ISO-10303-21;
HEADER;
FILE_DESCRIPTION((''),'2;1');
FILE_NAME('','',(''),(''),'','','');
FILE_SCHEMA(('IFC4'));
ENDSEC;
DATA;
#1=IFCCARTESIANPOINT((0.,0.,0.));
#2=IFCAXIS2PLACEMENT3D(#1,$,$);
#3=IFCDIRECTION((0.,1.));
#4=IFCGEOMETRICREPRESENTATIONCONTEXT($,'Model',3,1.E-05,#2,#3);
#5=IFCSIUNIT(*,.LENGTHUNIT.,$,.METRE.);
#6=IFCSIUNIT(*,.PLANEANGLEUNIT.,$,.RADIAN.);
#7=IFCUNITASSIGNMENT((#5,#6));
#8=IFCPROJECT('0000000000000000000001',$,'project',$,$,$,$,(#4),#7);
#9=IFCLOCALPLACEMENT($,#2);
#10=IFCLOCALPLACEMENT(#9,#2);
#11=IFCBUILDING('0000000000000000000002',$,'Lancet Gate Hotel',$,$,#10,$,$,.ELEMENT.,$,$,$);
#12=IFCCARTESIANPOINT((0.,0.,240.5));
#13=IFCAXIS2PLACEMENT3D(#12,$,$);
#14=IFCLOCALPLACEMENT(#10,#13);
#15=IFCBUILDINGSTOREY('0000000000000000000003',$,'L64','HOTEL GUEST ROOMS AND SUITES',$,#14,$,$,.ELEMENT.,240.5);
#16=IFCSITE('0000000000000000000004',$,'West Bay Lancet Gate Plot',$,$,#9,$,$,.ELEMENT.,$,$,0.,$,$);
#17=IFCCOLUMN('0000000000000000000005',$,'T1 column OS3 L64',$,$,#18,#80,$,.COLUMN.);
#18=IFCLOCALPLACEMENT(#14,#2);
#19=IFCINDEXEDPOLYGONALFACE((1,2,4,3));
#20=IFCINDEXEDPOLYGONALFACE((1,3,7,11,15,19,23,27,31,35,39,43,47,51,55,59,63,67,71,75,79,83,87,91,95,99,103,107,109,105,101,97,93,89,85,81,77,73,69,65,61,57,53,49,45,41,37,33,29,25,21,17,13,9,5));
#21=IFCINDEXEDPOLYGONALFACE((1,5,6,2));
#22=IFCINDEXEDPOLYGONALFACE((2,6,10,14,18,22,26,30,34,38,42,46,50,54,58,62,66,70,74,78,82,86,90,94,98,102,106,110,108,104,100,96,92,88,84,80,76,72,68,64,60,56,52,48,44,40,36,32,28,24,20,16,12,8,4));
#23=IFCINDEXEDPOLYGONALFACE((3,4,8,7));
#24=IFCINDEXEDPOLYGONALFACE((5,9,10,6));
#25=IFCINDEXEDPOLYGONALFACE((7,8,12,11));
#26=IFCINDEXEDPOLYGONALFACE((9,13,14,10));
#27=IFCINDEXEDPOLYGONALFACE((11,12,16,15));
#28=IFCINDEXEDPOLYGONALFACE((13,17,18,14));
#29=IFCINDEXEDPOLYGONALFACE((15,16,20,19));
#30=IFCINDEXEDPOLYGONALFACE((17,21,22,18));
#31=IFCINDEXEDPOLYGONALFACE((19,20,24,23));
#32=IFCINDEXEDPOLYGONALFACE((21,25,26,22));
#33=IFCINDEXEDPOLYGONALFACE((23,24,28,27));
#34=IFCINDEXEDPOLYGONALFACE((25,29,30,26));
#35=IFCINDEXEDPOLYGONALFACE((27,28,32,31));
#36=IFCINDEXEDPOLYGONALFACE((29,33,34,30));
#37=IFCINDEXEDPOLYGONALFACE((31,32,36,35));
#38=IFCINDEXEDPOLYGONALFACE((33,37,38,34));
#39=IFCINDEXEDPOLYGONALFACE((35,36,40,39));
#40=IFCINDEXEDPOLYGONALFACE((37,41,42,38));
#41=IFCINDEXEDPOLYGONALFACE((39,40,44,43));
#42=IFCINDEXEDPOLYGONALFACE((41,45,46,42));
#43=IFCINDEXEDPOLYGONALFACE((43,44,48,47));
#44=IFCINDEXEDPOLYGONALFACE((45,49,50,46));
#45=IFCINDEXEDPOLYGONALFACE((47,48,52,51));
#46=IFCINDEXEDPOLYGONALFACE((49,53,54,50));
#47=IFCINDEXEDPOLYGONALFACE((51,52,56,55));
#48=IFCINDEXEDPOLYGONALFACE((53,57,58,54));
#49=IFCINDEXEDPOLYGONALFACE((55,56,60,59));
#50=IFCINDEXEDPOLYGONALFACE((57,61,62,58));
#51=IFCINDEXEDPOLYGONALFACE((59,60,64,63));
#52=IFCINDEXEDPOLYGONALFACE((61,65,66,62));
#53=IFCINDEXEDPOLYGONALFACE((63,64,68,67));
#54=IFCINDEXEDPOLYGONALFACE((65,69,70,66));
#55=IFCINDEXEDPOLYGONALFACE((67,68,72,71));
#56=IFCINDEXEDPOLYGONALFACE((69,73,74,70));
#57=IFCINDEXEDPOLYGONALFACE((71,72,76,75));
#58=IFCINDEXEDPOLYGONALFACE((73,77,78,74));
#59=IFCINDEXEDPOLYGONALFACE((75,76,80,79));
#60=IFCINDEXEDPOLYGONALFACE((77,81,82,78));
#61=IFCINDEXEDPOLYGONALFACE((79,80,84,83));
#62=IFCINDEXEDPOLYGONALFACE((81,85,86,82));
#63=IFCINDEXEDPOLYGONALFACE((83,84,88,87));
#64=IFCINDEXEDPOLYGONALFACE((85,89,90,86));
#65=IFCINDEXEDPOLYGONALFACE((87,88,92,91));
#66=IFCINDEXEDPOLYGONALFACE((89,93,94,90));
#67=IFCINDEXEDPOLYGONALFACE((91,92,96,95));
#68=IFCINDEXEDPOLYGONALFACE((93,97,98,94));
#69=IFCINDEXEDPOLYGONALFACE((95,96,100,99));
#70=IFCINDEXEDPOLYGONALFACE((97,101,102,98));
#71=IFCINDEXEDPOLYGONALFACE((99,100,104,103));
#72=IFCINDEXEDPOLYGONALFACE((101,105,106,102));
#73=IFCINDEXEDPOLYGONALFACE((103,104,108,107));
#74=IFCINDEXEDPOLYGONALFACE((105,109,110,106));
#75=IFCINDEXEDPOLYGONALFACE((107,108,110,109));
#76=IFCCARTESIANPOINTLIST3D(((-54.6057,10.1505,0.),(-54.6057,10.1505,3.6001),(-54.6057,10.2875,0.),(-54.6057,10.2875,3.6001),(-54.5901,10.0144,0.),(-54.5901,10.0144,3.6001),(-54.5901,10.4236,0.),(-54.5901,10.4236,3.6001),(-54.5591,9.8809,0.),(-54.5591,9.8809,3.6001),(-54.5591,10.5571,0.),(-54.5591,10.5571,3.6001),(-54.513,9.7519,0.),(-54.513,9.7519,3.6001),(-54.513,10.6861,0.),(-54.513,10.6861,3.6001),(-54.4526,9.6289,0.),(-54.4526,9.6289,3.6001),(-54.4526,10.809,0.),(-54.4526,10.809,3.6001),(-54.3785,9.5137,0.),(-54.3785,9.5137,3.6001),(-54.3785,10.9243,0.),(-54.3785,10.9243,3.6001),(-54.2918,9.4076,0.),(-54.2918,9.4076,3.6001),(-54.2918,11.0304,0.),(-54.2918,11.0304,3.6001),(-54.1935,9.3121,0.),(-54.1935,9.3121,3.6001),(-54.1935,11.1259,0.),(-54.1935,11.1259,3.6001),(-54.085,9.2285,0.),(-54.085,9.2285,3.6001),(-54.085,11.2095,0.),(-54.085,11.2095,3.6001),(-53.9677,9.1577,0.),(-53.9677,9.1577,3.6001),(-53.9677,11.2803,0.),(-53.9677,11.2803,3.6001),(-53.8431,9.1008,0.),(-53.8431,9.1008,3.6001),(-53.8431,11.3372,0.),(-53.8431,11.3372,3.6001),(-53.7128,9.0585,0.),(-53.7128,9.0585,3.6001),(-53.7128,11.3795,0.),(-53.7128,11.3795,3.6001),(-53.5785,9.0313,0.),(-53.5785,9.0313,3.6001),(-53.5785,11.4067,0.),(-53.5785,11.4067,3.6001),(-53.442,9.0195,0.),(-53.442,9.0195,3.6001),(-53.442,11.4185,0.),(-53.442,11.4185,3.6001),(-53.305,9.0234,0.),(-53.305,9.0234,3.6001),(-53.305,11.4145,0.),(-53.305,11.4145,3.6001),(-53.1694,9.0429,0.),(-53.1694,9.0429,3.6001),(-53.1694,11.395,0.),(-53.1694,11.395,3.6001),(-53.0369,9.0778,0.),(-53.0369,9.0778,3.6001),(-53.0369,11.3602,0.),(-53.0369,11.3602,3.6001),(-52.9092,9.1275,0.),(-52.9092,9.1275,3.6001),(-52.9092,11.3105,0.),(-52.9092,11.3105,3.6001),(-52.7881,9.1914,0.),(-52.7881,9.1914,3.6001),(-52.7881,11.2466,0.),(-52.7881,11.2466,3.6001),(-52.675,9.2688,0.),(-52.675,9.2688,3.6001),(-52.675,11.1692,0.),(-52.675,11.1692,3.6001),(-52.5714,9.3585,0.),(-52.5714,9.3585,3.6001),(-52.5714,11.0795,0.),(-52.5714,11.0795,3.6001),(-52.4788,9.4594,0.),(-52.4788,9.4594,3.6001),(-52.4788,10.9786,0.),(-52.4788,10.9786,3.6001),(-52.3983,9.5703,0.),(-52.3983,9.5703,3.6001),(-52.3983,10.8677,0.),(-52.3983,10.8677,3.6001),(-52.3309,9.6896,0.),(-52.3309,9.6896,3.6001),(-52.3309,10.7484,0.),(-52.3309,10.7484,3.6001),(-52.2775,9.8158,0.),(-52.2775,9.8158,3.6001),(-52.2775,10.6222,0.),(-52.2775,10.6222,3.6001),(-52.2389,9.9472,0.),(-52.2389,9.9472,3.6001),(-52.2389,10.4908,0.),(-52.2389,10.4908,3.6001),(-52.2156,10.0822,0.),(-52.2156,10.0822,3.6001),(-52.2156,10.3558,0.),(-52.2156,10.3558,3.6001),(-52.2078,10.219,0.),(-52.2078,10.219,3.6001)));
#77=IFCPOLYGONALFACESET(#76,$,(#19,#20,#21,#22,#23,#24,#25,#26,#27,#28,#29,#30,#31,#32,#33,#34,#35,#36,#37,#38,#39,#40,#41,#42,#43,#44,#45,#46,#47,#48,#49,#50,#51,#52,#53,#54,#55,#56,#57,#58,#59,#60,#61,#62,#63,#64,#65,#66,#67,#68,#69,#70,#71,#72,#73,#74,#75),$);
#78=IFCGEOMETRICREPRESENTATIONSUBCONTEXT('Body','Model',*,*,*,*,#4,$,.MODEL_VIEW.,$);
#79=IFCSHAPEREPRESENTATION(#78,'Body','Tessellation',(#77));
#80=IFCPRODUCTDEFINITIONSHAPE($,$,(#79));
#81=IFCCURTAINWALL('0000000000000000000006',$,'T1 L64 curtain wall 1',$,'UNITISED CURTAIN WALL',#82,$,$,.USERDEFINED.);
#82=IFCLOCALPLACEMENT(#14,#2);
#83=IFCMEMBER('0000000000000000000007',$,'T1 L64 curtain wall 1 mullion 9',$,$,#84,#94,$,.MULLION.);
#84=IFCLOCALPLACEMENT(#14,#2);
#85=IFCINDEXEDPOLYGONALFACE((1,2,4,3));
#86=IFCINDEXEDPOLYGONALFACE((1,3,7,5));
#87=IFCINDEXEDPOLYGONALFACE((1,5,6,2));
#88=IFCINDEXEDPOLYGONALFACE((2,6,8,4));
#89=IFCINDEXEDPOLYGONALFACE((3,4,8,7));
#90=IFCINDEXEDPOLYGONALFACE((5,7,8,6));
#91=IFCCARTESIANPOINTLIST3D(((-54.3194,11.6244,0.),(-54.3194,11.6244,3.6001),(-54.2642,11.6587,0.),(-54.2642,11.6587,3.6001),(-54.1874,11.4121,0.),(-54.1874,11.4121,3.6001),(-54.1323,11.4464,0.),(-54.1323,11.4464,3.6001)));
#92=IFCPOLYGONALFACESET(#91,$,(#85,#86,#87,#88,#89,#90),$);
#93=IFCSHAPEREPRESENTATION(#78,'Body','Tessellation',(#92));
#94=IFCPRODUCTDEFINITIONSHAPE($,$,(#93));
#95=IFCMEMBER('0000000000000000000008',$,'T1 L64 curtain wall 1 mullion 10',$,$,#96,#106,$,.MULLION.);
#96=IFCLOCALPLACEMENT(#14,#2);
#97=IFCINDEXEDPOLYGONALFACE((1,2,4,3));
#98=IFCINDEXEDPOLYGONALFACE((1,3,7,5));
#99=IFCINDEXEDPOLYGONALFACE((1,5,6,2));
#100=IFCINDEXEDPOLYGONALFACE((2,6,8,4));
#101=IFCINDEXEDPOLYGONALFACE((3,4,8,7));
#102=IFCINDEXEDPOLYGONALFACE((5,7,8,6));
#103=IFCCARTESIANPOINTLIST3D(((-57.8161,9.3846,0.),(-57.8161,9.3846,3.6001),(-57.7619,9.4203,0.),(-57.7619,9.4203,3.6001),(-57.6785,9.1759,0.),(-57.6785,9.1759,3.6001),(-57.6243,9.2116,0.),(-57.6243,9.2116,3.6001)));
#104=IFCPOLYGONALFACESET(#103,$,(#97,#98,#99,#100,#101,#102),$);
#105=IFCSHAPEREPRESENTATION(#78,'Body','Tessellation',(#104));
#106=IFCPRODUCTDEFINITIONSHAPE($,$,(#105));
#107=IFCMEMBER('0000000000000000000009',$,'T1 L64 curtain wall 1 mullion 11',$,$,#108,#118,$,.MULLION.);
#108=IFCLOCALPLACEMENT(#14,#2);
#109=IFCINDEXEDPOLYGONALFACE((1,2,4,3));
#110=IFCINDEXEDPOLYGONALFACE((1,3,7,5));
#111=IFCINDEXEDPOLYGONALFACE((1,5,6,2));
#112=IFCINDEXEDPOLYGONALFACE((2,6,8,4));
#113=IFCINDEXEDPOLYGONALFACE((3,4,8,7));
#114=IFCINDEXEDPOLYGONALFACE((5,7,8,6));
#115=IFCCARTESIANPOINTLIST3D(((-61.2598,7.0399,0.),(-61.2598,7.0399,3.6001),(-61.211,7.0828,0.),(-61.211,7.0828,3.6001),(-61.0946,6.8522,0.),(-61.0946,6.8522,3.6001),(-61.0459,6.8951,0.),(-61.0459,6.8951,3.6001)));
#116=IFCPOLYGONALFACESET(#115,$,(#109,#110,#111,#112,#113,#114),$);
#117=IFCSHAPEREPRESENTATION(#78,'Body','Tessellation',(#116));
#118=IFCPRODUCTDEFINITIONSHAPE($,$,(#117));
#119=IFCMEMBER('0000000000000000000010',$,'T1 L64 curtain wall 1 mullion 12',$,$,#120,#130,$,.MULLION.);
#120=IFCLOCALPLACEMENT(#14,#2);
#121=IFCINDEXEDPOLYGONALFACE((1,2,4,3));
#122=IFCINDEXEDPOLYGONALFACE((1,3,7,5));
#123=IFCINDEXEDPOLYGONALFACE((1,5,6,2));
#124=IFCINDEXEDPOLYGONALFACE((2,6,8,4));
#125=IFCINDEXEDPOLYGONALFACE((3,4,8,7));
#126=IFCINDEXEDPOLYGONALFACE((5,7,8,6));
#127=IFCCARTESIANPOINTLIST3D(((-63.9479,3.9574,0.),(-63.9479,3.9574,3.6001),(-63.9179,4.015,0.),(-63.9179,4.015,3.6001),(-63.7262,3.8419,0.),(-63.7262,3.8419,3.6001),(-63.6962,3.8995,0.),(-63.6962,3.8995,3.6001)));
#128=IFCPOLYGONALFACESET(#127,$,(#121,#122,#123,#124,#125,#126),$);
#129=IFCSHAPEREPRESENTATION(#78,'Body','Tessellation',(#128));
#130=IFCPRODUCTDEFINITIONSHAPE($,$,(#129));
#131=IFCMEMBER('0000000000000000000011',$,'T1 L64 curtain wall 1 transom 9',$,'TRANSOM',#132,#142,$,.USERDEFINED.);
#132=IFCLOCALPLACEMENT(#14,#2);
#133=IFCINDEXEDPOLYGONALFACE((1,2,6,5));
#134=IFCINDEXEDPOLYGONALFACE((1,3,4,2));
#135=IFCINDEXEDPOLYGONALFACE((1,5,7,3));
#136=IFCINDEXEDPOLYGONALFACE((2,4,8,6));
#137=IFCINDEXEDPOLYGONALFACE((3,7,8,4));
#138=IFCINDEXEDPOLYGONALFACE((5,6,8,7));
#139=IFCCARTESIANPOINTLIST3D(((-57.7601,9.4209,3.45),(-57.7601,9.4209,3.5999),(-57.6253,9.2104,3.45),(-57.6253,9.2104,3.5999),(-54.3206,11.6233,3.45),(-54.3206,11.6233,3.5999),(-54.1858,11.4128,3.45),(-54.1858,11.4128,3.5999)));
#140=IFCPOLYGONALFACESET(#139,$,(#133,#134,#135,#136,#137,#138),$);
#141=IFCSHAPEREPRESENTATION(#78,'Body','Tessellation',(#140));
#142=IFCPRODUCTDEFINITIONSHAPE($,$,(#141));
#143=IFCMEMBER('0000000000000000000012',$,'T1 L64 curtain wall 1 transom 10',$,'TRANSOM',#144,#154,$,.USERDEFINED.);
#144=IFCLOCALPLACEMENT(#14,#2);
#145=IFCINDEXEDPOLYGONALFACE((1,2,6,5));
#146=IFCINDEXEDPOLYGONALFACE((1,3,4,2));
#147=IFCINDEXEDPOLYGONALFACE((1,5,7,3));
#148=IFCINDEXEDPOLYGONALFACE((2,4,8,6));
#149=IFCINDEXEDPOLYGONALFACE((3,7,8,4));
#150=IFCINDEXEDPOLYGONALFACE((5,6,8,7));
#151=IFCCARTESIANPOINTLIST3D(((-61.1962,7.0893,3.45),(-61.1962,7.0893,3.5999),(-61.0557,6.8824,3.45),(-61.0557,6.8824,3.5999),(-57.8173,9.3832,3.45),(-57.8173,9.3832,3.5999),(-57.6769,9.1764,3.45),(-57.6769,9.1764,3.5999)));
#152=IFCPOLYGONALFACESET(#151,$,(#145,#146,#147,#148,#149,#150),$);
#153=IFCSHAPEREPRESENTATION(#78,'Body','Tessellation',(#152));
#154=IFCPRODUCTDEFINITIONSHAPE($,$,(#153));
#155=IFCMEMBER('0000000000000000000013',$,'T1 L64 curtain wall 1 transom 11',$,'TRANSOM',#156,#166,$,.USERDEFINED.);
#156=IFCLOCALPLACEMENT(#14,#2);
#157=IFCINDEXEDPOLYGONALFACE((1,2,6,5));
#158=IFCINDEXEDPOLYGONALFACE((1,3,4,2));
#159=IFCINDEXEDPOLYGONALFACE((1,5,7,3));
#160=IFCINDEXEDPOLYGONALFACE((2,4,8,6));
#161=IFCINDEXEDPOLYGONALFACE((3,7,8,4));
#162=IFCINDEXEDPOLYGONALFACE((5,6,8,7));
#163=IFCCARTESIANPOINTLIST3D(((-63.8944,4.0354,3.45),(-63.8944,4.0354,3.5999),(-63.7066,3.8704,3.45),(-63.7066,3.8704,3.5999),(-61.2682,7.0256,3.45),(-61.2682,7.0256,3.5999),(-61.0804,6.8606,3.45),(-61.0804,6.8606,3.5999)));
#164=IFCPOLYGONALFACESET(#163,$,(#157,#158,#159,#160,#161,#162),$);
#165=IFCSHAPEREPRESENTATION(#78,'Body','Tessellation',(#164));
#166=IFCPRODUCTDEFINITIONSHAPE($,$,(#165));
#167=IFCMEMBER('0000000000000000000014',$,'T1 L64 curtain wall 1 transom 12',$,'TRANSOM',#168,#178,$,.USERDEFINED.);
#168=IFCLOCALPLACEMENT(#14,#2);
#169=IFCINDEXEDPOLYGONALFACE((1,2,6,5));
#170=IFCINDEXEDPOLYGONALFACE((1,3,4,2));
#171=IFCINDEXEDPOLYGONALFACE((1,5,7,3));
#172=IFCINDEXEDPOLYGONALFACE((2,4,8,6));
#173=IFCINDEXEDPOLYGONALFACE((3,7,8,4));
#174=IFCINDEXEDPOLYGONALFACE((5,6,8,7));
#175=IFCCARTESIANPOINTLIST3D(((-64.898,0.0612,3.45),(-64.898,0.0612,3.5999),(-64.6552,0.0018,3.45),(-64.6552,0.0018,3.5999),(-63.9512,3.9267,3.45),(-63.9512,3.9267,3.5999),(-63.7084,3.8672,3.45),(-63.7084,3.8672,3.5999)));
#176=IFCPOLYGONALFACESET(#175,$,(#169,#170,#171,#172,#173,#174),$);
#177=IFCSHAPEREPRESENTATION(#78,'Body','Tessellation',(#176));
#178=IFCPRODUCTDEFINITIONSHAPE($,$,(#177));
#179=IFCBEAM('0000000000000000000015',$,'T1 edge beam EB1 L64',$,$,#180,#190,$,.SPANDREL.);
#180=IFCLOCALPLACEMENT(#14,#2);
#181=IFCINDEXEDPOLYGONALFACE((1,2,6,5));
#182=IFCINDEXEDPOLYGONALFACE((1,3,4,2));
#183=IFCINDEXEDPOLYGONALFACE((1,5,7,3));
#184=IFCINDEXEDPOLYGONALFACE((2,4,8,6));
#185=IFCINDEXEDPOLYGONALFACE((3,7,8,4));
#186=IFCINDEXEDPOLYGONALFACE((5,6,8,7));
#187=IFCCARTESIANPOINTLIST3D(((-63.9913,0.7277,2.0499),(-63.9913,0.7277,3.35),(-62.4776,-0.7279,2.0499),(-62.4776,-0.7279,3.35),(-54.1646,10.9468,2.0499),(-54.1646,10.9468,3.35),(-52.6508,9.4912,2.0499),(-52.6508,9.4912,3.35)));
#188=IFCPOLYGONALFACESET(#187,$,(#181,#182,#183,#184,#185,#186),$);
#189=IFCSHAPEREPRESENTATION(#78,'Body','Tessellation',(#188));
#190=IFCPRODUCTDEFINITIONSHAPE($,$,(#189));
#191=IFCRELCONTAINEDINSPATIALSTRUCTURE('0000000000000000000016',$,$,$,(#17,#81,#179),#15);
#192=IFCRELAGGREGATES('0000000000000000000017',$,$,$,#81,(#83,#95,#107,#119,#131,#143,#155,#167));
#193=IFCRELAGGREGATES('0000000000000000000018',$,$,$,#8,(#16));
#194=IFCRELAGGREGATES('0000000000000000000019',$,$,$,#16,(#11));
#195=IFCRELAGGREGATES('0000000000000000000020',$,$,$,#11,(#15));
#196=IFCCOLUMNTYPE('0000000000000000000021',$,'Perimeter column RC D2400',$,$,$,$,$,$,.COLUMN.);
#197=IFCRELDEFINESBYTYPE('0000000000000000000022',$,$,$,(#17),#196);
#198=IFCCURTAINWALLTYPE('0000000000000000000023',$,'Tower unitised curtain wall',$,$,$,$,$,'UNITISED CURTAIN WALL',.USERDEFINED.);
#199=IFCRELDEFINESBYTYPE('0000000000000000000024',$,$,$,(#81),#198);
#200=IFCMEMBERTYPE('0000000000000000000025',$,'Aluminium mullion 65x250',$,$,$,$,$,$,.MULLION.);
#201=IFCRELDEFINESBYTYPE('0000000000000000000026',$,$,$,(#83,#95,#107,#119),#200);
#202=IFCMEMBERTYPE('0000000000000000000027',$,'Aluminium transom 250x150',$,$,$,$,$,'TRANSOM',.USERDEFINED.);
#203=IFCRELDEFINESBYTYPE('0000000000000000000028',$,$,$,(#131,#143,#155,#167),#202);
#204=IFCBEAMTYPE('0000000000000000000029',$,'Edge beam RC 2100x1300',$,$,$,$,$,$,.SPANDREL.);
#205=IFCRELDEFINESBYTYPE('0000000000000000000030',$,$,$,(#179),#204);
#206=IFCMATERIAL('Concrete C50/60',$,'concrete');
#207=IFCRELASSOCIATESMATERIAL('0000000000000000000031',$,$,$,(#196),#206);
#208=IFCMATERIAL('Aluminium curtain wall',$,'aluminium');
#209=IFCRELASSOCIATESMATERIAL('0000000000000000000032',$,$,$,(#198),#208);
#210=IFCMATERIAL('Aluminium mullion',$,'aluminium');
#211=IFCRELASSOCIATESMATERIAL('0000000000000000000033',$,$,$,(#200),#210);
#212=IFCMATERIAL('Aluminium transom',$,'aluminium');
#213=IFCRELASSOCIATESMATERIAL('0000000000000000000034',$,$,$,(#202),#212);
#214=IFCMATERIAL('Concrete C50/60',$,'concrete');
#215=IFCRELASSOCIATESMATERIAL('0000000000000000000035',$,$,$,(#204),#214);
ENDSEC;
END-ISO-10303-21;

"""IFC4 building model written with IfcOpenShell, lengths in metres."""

from ifc_helpers import new_model, si_unit, direction, frame, origin, origin_2d, place, context, subcontext, project, spatial, rectangle, circle, extrude, material, material_profile, profile_set, type_object, element, aggregate, save


model = new_model("IFC4")

# Units and contexts
model_context = context("Model", 3, precision=1e-05, world=origin(), true_north=direction((0.0, 1.0)))
body_context = subcontext(model_context, "Body", "Model", "MODEL_VIEW")
ifc_project = project(units=[si_unit("LENGTHUNIT", "METRE"), si_unit("PLANEANGLEUNIT", "RADIAN")], contexts=[model_context])

# Site, building, storey
site_placement = place(None, origin())
site = spatial("IfcSite", under=ifc_project, at=site_placement, Name="West Bay Lancet Gate Plot", CompositionType="ELEMENT", RefElevation=0.0)
building_placement = place(site_placement, origin())
building = spatial("IfcBuilding", under=site, at=building_placement, Name="Lancet Gate Hotel", CompositionType="ELEMENT")
storey_placement = place(building_placement, frame((0.0, 0.0, 240.5)))
storey = spatial("IfcBuildingStorey", under=building, at=storey_placement, Name="L64", Description="HOTEL GUEST ROOMS AND SUITES", CompositionType="ELEMENT", Elevation=240.5)

# Column
ifc_material_1 = material(Name="Concrete C50/60", Category="concrete")
ifc_material_profile_1 = material_profile(ifc_material_1, circle(Radius=1.2, at=origin_2d()), Name="RC D2400")
ifc_profile_set_1 = profile_set([ifc_material_profile_1], Name="Concrete C50/60")
column_type = type_object("IfcColumnType", Name="Perimeter column RC D2400", PredefinedType="COLUMN", material=ifc_profile_set_1)
column_placement = place(storey_placement, frame((-53.4077, 10.219, 0.0), z_axis=(0.0, 0.0, 1.0), x_axis=(1.0, 0.0, 0.0)))
element("IfcColumn", 1, at=column_placement, inside=storey, type_object=column_type, Name="T1 column OS3 L64", PredefinedType="COLUMN", context=body_context, shape_type="SweptSolid", body=[
    extrude(circle(Radius=1.2, at=origin_2d()), origin(), (0.0, 0.0, 1.0), 3.6001),
])

# Curtain wall, members
ifc_material_2 = material(Name="Aluminium curtain wall", Category="aluminium")
curtain_wall_type = type_object("IfcCurtainWallType", Name="Tower unitised curtain wall", ElementType="UNITISED CURTAIN WALL", PredefinedType="USERDEFINED", material=ifc_material_2)
curtain_wall_placement = place(storey_placement, origin())
curtain_wall = element("IfcCurtainWall", 2, at=curtain_wall_placement, inside=storey, type_object=curtain_wall_type, Name="T1 L64 curtain wall 1", ObjectType="UNITISED CURTAIN WALL", PredefinedType="USERDEFINED")
ifc_material_3 = material(Name="Aluminium mullion", Category="aluminium")
ifc_material_profile_2 = material_profile(ifc_material_3, rectangle(XDim=0.0649, YDim=0.25, at=origin_2d()), Name="MULLION 65x250")
ifc_profile_set_2 = profile_set([ifc_material_profile_2], Name="Aluminium mullion")
member_type_1 = type_object("IfcMemberType", Name="Aluminium mullion 65x250", PredefinedType="MULLION", material=ifc_profile_set_2)
member_1_placement = place(storey_placement, frame((-54.2258, 11.5354, 0.0), z_axis=(0.0, 0.0, 1.0), x_axis=(-0.849342, -0.527842, 0.0)))
member_1 = element("IfcMember", 3, at=member_1_placement, type_object=member_type_1, Name="T1 L64 curtain wall 1 mullion 9", PredefinedType="MULLION", context=body_context, shape_type="SweptSolid", body=[
    extrude(rectangle(XDim=0.0649, YDim=0.25, at=origin_2d()), origin(), (0.0, 0.0, 1.0), 3.6001),
])
member_2_placement = place(storey_placement, frame((-57.7202, 9.2981, 0.0), z_axis=(0.0, 0.0, 1.0), x_axis=(-0.834827, -0.550512, 0.0)))
member_2 = element("IfcMember", 4, at=member_2_placement, type_object=member_type_1, Name="T1 L64 curtain wall 1 mullion 10", PredefinedType="MULLION", context=body_context, shape_type="SweptSolid", body=[
    extrude(rectangle(XDim=0.0649, YDim=0.25, at=origin_2d()), origin(), (0.0, 0.0, 1.0), 3.6001),
])
member_3_placement = place(storey_placement, frame((-61.1528, 6.9675, 0.0), z_axis=(0.0, 0.0, 1.0), x_axis=(-0.750716, -0.660626, 0.0)))
member_3 = element("IfcMember", 5, at=member_3_placement, type_object=member_type_1, Name="T1 L64 curtain wall 1 mullion 11", PredefinedType="MULLION", context=body_context, shape_type="SweptSolid", body=[
    extrude(rectangle(XDim=0.0649, YDim=0.25, at=origin_2d()), origin(), (0.0, 0.0, 1.0), 3.6001),
])
member_4_placement = place(storey_placement, frame((-63.822, 3.9285, 0.0), z_axis=(0.0, 0.0, 1.0), x_axis=(-0.462178, -0.886787, 0.0)))
member_4 = element("IfcMember", 6, at=member_4_placement, type_object=member_type_1, Name="T1 L64 curtain wall 1 mullion 12", PredefinedType="MULLION", context=body_context, shape_type="SweptSolid", body=[
    extrude(rectangle(XDim=0.0649, YDim=0.25, at=origin_2d()), origin(), (0.0, 0.0, 1.0), 3.6001),
])
ifc_material_4 = material(Name="Aluminium transom", Category="aluminium")
ifc_material_profile_3 = material_profile(ifc_material_4, rectangle(XDim=0.25, YDim=0.1499, at=origin_2d()), Name="TRANSOM 250x150")
ifc_profile_set_3 = profile_set([ifc_material_profile_3], Name="Aluminium transom")
member_type_2 = type_object("IfcMemberType", Name="Aluminium transom 250x150", ElementType="TRANSOM", PredefinedType="USERDEFINED", material=ifc_profile_set_3)
member_5_placement = place(storey_placement, frame((-54.2532, 11.5181, 3.5249), z_axis=(-0.842144, -0.539252, 0.0), x_axis=(0.539252, -0.842144, 0.0)))
member_5 = element("IfcMember", 7, at=member_5_placement, type_object=member_type_2, Name="T1 L64 curtain wall 1 transom 9", ObjectType="TRANSOM", PredefinedType="USERDEFINED", context=body_context, shape_type="SweptSolid", body=[
    extrude(rectangle(XDim=0.25, YDim=0.1499, at=origin_2d()), origin(), (0.0, 0.0, 1.0), 4.0842),
])
member_6_placement = place(storey_placement, frame((-57.7471, 9.2798, 3.5249), z_axis=(-0.827349, -0.561689, 0.0), x_axis=(0.561689, -0.827349, 0.0)))
member_6 = element("IfcMember", 8, at=member_6_placement, type_object=member_type_2, Name="T1 L64 curtain wall 1 transom 10", ObjectType="TRANSOM", PredefinedType="USERDEFINED", context=body_context, shape_type="SweptSolid", body=[
    extrude(rectangle(XDim=0.25, YDim=0.1499, at=origin_2d()), origin(), (0.0, 0.0, 1.0), 4.084),
])
member_7_placement = place(storey_placement, frame((-61.1743, 6.9431, 3.5249), z_axis=(-0.659893, -0.751359, 0.0), x_axis=(0.751359, -0.659893, 0.0)))
member_7 = element("IfcMember", 9, at=member_7_placement, type_object=member_type_2, Name="T1 L64 curtain wall 1 transom 11", ObjectType="TRANSOM", PredefinedType="USERDEFINED", context=body_context, shape_type="SweptSolid", body=[
    extrude(rectangle(XDim=0.25, YDim=0.1499, at=origin_2d()), origin(), (0.0, 0.0, 1.0), 3.9797),
])
member_8_placement = place(storey_placement, frame((-63.8298, 3.897, 3.5249), z_axis=(-0.237899, -0.97129, 0.0), x_axis=(0.97129, -0.237899, 0.0)))
member_8 = element("IfcMember", 10, at=member_8_placement, type_object=member_type_2, Name="T1 L64 curtain wall 1 transom 12", ObjectType="TRANSOM", PredefinedType="USERDEFINED", context=body_context, shape_type="SweptSolid", body=[
    extrude(rectangle(XDim=0.25, YDim=0.1499, at=origin_2d()), origin(), (0.0, 0.0, 1.0), 3.9797),
])

# Beam
ifc_material_5 = material(Name="Concrete C50/60", Category="concrete")
ifc_material_profile_4 = material_profile(ifc_material_5, rectangle(XDim=2.1001, YDim=1.3, at=origin_2d()), Name="RC 2100x1300")
ifc_profile_set_4 = profile_set([ifc_material_profile_4], Name="Concrete C50/60")
beam_type_1 = type_object("IfcBeamType", Name="Edge beam RC 2100x1300", PredefinedType="SPANDREL", material=ifc_profile_set_4)
beam_1_placement = place(storey_placement, frame((-53.4077, 10.219, 2.7), z_axis=(-0.693135, -0.720808, 0.0), x_axis=(0.720808, -0.693135, 0.0)))
element("IfcBeam", 11, at=beam_1_placement, inside=storey, type_object=beam_type_1, Name="T1 edge beam EB1 L64", PredefinedType="SPANDREL", context=body_context, shape_type="SweptSolid", body=[
    extrude(rectangle(XDim=2.1001, YDim=1.3, at=origin_2d()), origin(), (0.0, 0.0, 1.0), 14.1772),
])

aggregate(curtain_wall, [member_1, member_2, member_3, member_4, member_5, member_6, member_7, member_8])

save(model, "model.ifc")
